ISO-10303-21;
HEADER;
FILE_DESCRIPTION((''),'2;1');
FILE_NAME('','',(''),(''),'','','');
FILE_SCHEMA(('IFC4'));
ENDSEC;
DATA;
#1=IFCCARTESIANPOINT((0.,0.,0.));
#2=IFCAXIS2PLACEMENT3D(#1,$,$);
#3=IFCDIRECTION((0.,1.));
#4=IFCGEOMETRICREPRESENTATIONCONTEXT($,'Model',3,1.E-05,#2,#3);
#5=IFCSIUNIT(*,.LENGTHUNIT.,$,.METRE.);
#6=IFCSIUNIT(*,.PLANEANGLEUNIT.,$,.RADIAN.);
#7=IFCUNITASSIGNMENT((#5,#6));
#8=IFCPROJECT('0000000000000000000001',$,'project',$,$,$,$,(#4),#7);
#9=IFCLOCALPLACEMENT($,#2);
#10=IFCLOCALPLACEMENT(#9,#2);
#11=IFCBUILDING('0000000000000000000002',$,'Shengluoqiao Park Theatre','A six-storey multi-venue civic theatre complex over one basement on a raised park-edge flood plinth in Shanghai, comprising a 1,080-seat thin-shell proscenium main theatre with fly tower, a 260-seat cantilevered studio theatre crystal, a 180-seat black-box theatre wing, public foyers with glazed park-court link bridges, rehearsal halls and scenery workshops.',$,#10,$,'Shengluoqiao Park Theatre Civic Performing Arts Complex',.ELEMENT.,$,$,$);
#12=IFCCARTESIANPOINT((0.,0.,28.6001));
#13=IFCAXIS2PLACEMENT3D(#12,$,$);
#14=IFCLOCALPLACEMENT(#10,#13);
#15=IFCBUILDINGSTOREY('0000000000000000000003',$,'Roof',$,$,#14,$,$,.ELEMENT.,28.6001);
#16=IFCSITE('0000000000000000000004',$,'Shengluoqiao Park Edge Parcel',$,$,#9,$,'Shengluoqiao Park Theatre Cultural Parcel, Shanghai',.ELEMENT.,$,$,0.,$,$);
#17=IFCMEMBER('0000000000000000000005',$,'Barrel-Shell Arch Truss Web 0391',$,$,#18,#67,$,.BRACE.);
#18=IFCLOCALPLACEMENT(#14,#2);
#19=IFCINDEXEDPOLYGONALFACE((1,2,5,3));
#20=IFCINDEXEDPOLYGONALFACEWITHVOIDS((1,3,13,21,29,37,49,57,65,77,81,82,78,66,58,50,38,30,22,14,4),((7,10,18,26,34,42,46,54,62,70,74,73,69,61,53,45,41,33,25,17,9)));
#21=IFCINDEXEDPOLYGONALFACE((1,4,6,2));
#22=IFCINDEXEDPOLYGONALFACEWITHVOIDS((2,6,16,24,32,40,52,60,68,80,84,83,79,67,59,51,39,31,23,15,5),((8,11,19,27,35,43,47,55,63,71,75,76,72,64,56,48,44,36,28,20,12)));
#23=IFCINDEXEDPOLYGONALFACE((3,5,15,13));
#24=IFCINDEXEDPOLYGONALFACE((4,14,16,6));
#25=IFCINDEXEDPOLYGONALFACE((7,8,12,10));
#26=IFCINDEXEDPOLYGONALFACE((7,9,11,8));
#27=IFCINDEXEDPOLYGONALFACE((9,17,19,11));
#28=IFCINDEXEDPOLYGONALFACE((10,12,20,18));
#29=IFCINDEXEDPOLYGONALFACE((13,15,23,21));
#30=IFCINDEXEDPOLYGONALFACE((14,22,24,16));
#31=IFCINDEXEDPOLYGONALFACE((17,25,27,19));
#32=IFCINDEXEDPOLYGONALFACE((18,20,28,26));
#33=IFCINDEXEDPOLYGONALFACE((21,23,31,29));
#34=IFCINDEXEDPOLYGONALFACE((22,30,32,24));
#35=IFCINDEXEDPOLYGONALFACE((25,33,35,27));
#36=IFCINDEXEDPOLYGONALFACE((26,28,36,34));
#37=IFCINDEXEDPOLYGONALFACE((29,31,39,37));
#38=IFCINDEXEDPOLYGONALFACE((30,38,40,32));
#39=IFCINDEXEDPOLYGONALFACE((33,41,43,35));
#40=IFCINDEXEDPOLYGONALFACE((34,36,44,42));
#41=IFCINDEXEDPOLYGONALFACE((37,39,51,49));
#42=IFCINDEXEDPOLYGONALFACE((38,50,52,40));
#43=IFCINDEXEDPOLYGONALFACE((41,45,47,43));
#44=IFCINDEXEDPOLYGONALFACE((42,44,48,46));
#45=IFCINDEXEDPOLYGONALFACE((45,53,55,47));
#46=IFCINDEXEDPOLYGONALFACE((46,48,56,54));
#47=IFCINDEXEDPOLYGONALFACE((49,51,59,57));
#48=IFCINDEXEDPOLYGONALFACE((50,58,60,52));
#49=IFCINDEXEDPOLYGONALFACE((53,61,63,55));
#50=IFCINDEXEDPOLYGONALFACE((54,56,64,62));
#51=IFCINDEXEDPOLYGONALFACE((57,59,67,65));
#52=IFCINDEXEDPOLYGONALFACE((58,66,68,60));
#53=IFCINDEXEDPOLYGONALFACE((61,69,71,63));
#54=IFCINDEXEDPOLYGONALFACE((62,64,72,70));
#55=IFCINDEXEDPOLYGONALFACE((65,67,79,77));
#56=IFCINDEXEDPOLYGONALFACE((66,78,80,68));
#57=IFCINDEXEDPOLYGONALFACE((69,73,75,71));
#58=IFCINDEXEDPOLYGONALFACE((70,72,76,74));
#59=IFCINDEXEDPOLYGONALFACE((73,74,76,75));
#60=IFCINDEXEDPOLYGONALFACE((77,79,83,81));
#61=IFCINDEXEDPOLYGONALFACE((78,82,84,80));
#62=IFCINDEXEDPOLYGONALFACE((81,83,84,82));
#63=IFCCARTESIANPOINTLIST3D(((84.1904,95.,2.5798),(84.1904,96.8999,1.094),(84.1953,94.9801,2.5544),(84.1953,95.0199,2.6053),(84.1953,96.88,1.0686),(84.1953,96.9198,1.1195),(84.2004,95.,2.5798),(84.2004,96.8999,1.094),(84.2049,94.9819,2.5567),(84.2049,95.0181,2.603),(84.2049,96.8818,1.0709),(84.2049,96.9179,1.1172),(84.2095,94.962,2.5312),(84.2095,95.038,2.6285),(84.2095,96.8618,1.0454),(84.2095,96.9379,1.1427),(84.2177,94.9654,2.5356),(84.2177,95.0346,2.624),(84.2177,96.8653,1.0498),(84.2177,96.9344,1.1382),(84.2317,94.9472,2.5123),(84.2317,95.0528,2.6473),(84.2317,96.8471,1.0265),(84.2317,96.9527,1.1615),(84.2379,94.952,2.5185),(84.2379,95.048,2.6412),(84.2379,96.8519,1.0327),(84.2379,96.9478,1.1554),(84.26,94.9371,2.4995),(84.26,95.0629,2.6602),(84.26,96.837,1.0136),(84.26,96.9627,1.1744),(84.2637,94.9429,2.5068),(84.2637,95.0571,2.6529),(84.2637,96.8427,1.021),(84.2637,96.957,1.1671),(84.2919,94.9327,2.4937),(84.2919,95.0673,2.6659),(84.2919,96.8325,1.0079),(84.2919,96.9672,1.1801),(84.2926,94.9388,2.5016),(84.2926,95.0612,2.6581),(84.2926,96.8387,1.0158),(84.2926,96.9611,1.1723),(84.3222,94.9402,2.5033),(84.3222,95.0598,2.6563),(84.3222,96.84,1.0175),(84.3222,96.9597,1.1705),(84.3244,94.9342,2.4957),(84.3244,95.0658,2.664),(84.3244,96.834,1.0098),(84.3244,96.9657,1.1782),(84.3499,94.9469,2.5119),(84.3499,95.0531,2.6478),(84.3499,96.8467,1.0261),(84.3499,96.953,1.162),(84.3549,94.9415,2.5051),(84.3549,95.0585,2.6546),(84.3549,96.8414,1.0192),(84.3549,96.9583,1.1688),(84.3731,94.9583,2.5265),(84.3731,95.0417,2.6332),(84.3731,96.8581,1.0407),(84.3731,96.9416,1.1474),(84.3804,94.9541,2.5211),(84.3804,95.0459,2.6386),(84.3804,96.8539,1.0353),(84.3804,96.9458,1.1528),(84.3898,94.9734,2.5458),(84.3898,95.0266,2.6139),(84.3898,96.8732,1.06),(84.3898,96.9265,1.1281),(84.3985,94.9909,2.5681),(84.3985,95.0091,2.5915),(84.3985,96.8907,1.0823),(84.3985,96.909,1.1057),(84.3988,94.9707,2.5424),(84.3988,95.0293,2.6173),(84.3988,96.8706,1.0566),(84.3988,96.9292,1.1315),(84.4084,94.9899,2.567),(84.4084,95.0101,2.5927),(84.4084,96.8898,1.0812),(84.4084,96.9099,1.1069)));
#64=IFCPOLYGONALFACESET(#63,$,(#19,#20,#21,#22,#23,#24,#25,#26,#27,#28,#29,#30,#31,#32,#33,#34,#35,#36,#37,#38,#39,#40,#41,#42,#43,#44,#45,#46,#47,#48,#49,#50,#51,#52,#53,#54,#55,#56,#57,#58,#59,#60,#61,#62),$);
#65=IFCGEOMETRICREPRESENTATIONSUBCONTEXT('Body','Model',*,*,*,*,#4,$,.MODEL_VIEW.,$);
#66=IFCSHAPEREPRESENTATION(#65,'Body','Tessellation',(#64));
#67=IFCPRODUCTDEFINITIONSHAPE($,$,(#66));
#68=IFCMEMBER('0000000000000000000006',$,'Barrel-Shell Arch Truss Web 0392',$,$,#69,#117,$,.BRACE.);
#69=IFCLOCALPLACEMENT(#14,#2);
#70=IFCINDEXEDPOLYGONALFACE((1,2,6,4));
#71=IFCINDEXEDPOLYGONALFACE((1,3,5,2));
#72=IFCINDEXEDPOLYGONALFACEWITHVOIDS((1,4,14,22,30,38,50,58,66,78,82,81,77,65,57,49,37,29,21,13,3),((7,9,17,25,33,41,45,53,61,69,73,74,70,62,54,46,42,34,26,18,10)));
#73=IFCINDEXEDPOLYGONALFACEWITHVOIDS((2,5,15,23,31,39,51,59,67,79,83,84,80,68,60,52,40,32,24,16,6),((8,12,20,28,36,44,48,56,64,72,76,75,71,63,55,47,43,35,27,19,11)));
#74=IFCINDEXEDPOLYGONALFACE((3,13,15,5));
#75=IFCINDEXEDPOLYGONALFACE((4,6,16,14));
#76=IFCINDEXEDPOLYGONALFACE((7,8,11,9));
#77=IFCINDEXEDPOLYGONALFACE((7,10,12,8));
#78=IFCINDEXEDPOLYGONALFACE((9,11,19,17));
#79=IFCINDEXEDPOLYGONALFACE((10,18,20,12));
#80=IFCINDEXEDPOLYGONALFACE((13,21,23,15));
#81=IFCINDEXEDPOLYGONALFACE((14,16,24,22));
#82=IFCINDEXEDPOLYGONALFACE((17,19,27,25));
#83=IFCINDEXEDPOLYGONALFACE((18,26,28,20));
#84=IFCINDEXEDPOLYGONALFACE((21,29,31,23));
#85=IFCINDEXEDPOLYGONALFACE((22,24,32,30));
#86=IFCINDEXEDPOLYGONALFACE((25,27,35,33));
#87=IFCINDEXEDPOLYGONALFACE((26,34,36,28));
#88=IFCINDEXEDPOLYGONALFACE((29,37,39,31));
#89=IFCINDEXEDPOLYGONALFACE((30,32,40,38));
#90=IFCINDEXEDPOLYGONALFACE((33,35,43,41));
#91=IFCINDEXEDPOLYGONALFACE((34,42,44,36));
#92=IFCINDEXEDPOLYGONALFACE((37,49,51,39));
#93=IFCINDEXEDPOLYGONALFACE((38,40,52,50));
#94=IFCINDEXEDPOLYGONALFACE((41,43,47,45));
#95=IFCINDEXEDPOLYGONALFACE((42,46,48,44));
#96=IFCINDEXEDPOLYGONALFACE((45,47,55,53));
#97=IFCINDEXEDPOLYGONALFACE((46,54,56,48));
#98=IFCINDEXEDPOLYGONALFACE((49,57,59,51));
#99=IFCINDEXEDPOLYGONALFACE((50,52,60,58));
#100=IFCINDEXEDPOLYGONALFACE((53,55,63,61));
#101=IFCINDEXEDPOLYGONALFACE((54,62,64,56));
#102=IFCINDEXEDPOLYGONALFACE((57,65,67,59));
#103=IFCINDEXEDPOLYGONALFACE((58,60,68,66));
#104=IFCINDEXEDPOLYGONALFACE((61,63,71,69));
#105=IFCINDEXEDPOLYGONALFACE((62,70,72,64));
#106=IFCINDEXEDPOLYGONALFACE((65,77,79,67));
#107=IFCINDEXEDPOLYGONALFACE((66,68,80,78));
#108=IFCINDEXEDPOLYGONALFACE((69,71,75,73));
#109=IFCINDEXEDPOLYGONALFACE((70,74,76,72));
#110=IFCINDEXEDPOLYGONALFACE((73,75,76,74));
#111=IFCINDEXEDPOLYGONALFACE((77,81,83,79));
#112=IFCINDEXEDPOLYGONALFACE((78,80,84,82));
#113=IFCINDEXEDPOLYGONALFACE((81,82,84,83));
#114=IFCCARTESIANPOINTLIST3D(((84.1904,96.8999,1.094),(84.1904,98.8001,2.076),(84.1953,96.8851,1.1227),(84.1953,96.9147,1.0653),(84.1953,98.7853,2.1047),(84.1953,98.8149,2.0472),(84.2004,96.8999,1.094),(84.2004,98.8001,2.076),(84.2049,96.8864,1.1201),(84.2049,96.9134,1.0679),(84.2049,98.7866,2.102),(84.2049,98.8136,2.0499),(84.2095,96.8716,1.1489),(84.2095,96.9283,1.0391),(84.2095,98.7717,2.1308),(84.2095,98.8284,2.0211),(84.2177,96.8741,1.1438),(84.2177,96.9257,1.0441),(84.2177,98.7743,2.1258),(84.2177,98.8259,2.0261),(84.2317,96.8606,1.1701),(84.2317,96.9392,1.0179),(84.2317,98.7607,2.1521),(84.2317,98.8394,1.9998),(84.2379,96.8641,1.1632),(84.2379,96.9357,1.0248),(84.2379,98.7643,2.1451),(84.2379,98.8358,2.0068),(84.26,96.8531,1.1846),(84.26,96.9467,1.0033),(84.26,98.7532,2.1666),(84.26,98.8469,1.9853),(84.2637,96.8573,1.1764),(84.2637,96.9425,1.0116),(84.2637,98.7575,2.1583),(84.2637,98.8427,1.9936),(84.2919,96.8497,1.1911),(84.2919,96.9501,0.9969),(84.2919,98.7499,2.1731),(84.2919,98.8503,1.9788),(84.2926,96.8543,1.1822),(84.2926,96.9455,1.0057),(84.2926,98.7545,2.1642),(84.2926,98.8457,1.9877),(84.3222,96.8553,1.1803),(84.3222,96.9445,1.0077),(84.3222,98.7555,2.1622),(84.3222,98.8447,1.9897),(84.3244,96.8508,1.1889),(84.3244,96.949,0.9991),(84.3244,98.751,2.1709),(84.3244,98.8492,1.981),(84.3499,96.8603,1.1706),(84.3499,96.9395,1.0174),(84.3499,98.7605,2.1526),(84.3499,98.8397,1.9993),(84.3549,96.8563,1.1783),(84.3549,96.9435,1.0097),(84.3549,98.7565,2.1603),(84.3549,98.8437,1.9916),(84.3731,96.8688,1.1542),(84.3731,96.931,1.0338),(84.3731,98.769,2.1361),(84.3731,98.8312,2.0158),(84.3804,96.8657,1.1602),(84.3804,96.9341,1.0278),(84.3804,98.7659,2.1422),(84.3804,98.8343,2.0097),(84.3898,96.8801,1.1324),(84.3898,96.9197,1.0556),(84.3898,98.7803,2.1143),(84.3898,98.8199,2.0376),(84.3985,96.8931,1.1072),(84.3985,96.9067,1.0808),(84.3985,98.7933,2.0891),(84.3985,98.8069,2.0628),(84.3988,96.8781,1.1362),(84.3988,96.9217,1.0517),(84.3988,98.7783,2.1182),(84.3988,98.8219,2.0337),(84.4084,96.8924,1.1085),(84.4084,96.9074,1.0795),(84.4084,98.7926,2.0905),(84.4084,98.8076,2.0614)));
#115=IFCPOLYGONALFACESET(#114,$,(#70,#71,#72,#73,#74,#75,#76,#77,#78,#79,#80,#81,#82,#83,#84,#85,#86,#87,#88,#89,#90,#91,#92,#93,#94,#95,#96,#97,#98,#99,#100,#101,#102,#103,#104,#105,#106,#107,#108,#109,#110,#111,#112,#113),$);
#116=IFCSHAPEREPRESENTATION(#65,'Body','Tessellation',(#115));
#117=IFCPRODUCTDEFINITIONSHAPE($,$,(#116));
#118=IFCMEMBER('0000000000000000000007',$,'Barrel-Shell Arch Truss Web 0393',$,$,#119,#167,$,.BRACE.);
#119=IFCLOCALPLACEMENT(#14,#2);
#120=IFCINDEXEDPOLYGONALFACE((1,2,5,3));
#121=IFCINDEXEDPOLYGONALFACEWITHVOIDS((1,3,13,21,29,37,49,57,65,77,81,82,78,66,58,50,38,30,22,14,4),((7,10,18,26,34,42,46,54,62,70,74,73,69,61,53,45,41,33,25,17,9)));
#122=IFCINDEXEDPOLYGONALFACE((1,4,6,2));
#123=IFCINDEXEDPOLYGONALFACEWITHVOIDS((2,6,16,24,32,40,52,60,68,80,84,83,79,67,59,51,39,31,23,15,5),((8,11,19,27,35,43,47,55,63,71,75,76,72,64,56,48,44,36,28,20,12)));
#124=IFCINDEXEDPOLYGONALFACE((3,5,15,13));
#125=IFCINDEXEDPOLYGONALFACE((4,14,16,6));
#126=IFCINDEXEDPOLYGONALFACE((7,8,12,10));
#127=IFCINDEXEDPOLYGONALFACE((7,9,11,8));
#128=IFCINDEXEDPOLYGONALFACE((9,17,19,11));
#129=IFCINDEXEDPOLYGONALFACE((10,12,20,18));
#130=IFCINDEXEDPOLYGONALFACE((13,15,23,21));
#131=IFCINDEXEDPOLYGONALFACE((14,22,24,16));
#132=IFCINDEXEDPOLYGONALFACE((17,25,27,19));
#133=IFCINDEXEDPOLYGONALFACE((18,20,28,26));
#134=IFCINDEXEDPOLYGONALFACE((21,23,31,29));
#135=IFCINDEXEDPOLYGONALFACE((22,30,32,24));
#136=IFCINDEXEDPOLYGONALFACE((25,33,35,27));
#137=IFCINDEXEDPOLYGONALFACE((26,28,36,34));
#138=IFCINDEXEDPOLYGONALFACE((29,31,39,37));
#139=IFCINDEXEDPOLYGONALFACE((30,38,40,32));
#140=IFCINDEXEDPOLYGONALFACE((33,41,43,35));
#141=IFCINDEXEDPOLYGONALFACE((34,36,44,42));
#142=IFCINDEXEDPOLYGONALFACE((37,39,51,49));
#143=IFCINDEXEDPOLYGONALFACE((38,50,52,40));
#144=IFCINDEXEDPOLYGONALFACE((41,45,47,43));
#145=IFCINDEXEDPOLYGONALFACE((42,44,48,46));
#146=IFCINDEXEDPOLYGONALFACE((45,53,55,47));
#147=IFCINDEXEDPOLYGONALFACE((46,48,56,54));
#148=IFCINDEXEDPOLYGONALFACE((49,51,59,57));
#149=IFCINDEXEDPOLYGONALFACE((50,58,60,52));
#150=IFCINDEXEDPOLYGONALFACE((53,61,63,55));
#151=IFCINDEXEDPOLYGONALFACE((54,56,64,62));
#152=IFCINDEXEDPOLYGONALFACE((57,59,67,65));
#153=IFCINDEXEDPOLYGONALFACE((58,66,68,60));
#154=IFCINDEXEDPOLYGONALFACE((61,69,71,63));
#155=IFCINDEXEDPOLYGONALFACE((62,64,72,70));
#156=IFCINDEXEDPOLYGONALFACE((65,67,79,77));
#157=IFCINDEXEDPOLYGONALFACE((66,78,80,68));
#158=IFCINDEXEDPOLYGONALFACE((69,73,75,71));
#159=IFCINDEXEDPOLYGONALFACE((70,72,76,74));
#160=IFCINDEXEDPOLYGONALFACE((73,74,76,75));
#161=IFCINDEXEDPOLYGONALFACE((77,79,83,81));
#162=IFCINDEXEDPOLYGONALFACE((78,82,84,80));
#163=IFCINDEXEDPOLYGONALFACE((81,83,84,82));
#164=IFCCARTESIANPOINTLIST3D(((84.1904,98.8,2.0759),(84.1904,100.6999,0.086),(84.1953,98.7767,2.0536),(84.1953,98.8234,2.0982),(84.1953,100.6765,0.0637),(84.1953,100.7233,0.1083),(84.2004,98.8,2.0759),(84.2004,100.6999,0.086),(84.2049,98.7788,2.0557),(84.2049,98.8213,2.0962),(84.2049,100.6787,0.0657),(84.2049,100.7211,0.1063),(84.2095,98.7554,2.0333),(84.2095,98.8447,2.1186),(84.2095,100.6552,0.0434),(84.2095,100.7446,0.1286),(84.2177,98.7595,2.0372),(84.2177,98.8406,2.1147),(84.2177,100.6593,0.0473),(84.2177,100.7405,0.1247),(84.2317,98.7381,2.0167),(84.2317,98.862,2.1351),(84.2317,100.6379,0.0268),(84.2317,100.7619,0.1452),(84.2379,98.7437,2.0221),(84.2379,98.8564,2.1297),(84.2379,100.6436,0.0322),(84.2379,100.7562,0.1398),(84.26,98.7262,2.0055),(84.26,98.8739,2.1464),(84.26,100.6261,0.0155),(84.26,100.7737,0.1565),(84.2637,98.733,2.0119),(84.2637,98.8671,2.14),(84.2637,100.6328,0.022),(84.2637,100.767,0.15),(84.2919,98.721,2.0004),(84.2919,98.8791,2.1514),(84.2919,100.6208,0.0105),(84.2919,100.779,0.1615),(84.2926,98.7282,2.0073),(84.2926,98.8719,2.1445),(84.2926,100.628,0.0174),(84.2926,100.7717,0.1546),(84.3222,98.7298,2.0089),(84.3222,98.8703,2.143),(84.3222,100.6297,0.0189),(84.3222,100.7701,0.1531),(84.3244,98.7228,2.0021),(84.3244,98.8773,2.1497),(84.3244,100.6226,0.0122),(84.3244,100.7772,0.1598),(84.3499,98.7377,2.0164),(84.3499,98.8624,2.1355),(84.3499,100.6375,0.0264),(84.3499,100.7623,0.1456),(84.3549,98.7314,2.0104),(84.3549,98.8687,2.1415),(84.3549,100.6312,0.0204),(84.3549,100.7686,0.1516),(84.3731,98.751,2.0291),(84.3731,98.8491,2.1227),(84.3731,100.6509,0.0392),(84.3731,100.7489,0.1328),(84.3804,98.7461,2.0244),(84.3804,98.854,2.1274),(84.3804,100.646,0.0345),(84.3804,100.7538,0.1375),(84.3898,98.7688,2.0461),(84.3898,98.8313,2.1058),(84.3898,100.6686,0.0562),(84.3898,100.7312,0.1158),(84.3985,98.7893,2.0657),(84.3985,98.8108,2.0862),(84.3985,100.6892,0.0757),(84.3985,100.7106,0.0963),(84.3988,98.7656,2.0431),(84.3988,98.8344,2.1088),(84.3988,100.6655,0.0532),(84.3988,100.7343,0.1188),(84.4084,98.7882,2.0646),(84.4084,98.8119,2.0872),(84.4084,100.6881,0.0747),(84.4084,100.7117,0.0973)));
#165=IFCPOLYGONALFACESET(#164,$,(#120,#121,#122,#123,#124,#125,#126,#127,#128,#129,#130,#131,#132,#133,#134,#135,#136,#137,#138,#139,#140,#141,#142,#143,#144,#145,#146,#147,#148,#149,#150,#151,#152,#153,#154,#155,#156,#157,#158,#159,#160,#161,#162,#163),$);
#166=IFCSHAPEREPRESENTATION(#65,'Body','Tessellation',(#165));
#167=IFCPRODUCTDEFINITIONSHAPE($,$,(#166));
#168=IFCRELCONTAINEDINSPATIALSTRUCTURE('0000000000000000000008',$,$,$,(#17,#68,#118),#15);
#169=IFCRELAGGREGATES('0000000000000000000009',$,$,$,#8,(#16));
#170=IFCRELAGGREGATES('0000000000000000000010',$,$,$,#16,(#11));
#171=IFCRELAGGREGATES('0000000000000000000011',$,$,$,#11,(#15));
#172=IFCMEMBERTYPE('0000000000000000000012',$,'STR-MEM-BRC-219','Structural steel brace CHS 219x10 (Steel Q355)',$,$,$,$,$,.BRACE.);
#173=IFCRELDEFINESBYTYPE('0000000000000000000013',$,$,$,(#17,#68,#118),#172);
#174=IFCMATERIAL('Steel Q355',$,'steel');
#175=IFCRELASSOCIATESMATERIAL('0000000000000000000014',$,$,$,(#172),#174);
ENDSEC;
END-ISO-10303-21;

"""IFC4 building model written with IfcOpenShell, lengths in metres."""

from ifc_helpers import new_model, si_unit, direction, frame, origin, origin_2d, place, context, subcontext, project, spatial, hollow_circle, extrude, material, material_profile, profile_set, type_object, element, save


model = new_model("IFC4")

# Units and contexts
model_context = context("Model", 3, precision=1e-05, world=origin(), true_north=direction((0.0, 1.0)))
body_context = subcontext(model_context, "Body", "Model", "MODEL_VIEW")
ifc_project = project(units=[si_unit("LENGTHUNIT", "METRE"), si_unit("PLANEANGLEUNIT", "RADIAN")], contexts=[model_context])

# Site, building, storey
site_placement = place(None, origin())
site = spatial("IfcSite", under=ifc_project, at=site_placement, Name="Shengluoqiao Park Edge Parcel", LongName="Shengluoqiao Park Theatre Cultural Parcel, Shanghai", CompositionType="ELEMENT", RefElevation=0.0)
building_placement = place(site_placement, origin())
building = spatial("IfcBuilding", under=site, at=building_placement, Name="Shengluoqiao Park Theatre", Description="A six-storey multi-venue civic theatre complex over one basement on a raised park-edge flood plinth in Shanghai, comprising a 1,080-seat thin-shell proscenium main theatre with fly tower, a 260-seat cantilevered studio theatre crystal, a 180-seat black-box theatre wing, public foyers with glazed park-court link bridges, rehearsal halls and scenery workshops.", LongName="Shengluoqiao Park Theatre Civic Performing Arts Complex", CompositionType="ELEMENT")
storey_placement = place(building_placement, frame((0.0, 0.0, 28.6001)))
storey = spatial("IfcBuildingStorey", under=building, at=storey_placement, Name="Roof", CompositionType="ELEMENT", Elevation=28.6001)

# Shared definitions
ifc_material_1 = material(Name="Steel Q355", Category="steel")

# Members
ifc_material_profile_1 = material_profile(ifc_material_1, hollow_circle(Radius=0.1096, WallThickness=0.01, at=origin_2d()), Name="CHS 219x10")
ifc_profile_set_1 = profile_set([ifc_material_profile_1], Name="Steel Q355")
member_type_1 = type_object("IfcMemberType", Name="STR-MEM-BRC-219", Description="Structural steel brace CHS 219x10 (Steel Q355)", PredefinedType="BRACE", material=ifc_profile_set_1)
member_1_placement = place(storey_placement, frame((84.3, 95.0, 2.5798), z_axis=(0.0, 0.787714, -0.616041), x_axis=(-1.0, 0.0, 0.0)))
element("IfcMember", 1, at=member_1_placement, inside=storey, type_object=member_type_1, Name="Barrel-Shell Arch Truss Web 0391", PredefinedType="BRACE", context=body_context, shape_type="SweptSolid", body=[
    extrude(hollow_circle(Radius=0.1096, WallThickness=0.01, at=origin_2d()), origin(), (0.0, 0.0, 1.0), 2.4119),
])
member_2_placement = place(storey_placement, frame((84.3, 96.8999, 1.094), z_axis=(0.0, 0.888389, 0.459091), x_axis=(-1.0, 0.0, 0.0)))
element("IfcMember", 2, at=member_2_placement, inside=storey, type_object=member_type_1, Name="Barrel-Shell Arch Truss Web 0392", PredefinedType="BRACE", context=body_context, shape_type="SweptSolid", body=[
    extrude(hollow_circle(Radius=0.1096, WallThickness=0.01, at=origin_2d()), origin(), (0.0, 0.0, 1.0), 2.1389),
])
member_3_placement = place(storey_placement, frame((84.3, 98.8, 2.0759), z_axis=(0.0, 0.690545, -0.723289), x_axis=(-1.0, 0.0, 0.0)))
element("IfcMember", 3, at=member_3_placement, inside=storey, type_object=member_type_1, Name="Barrel-Shell Arch Truss Web 0393", PredefinedType="BRACE", context=body_context, shape_type="SweptSolid", body=[
    extrude(hollow_circle(Radius=0.1096, WallThickness=0.01, at=origin_2d()), origin(), (0.0, 0.0, 1.0), 2.7512),
])

save(model, "model.ifc")
